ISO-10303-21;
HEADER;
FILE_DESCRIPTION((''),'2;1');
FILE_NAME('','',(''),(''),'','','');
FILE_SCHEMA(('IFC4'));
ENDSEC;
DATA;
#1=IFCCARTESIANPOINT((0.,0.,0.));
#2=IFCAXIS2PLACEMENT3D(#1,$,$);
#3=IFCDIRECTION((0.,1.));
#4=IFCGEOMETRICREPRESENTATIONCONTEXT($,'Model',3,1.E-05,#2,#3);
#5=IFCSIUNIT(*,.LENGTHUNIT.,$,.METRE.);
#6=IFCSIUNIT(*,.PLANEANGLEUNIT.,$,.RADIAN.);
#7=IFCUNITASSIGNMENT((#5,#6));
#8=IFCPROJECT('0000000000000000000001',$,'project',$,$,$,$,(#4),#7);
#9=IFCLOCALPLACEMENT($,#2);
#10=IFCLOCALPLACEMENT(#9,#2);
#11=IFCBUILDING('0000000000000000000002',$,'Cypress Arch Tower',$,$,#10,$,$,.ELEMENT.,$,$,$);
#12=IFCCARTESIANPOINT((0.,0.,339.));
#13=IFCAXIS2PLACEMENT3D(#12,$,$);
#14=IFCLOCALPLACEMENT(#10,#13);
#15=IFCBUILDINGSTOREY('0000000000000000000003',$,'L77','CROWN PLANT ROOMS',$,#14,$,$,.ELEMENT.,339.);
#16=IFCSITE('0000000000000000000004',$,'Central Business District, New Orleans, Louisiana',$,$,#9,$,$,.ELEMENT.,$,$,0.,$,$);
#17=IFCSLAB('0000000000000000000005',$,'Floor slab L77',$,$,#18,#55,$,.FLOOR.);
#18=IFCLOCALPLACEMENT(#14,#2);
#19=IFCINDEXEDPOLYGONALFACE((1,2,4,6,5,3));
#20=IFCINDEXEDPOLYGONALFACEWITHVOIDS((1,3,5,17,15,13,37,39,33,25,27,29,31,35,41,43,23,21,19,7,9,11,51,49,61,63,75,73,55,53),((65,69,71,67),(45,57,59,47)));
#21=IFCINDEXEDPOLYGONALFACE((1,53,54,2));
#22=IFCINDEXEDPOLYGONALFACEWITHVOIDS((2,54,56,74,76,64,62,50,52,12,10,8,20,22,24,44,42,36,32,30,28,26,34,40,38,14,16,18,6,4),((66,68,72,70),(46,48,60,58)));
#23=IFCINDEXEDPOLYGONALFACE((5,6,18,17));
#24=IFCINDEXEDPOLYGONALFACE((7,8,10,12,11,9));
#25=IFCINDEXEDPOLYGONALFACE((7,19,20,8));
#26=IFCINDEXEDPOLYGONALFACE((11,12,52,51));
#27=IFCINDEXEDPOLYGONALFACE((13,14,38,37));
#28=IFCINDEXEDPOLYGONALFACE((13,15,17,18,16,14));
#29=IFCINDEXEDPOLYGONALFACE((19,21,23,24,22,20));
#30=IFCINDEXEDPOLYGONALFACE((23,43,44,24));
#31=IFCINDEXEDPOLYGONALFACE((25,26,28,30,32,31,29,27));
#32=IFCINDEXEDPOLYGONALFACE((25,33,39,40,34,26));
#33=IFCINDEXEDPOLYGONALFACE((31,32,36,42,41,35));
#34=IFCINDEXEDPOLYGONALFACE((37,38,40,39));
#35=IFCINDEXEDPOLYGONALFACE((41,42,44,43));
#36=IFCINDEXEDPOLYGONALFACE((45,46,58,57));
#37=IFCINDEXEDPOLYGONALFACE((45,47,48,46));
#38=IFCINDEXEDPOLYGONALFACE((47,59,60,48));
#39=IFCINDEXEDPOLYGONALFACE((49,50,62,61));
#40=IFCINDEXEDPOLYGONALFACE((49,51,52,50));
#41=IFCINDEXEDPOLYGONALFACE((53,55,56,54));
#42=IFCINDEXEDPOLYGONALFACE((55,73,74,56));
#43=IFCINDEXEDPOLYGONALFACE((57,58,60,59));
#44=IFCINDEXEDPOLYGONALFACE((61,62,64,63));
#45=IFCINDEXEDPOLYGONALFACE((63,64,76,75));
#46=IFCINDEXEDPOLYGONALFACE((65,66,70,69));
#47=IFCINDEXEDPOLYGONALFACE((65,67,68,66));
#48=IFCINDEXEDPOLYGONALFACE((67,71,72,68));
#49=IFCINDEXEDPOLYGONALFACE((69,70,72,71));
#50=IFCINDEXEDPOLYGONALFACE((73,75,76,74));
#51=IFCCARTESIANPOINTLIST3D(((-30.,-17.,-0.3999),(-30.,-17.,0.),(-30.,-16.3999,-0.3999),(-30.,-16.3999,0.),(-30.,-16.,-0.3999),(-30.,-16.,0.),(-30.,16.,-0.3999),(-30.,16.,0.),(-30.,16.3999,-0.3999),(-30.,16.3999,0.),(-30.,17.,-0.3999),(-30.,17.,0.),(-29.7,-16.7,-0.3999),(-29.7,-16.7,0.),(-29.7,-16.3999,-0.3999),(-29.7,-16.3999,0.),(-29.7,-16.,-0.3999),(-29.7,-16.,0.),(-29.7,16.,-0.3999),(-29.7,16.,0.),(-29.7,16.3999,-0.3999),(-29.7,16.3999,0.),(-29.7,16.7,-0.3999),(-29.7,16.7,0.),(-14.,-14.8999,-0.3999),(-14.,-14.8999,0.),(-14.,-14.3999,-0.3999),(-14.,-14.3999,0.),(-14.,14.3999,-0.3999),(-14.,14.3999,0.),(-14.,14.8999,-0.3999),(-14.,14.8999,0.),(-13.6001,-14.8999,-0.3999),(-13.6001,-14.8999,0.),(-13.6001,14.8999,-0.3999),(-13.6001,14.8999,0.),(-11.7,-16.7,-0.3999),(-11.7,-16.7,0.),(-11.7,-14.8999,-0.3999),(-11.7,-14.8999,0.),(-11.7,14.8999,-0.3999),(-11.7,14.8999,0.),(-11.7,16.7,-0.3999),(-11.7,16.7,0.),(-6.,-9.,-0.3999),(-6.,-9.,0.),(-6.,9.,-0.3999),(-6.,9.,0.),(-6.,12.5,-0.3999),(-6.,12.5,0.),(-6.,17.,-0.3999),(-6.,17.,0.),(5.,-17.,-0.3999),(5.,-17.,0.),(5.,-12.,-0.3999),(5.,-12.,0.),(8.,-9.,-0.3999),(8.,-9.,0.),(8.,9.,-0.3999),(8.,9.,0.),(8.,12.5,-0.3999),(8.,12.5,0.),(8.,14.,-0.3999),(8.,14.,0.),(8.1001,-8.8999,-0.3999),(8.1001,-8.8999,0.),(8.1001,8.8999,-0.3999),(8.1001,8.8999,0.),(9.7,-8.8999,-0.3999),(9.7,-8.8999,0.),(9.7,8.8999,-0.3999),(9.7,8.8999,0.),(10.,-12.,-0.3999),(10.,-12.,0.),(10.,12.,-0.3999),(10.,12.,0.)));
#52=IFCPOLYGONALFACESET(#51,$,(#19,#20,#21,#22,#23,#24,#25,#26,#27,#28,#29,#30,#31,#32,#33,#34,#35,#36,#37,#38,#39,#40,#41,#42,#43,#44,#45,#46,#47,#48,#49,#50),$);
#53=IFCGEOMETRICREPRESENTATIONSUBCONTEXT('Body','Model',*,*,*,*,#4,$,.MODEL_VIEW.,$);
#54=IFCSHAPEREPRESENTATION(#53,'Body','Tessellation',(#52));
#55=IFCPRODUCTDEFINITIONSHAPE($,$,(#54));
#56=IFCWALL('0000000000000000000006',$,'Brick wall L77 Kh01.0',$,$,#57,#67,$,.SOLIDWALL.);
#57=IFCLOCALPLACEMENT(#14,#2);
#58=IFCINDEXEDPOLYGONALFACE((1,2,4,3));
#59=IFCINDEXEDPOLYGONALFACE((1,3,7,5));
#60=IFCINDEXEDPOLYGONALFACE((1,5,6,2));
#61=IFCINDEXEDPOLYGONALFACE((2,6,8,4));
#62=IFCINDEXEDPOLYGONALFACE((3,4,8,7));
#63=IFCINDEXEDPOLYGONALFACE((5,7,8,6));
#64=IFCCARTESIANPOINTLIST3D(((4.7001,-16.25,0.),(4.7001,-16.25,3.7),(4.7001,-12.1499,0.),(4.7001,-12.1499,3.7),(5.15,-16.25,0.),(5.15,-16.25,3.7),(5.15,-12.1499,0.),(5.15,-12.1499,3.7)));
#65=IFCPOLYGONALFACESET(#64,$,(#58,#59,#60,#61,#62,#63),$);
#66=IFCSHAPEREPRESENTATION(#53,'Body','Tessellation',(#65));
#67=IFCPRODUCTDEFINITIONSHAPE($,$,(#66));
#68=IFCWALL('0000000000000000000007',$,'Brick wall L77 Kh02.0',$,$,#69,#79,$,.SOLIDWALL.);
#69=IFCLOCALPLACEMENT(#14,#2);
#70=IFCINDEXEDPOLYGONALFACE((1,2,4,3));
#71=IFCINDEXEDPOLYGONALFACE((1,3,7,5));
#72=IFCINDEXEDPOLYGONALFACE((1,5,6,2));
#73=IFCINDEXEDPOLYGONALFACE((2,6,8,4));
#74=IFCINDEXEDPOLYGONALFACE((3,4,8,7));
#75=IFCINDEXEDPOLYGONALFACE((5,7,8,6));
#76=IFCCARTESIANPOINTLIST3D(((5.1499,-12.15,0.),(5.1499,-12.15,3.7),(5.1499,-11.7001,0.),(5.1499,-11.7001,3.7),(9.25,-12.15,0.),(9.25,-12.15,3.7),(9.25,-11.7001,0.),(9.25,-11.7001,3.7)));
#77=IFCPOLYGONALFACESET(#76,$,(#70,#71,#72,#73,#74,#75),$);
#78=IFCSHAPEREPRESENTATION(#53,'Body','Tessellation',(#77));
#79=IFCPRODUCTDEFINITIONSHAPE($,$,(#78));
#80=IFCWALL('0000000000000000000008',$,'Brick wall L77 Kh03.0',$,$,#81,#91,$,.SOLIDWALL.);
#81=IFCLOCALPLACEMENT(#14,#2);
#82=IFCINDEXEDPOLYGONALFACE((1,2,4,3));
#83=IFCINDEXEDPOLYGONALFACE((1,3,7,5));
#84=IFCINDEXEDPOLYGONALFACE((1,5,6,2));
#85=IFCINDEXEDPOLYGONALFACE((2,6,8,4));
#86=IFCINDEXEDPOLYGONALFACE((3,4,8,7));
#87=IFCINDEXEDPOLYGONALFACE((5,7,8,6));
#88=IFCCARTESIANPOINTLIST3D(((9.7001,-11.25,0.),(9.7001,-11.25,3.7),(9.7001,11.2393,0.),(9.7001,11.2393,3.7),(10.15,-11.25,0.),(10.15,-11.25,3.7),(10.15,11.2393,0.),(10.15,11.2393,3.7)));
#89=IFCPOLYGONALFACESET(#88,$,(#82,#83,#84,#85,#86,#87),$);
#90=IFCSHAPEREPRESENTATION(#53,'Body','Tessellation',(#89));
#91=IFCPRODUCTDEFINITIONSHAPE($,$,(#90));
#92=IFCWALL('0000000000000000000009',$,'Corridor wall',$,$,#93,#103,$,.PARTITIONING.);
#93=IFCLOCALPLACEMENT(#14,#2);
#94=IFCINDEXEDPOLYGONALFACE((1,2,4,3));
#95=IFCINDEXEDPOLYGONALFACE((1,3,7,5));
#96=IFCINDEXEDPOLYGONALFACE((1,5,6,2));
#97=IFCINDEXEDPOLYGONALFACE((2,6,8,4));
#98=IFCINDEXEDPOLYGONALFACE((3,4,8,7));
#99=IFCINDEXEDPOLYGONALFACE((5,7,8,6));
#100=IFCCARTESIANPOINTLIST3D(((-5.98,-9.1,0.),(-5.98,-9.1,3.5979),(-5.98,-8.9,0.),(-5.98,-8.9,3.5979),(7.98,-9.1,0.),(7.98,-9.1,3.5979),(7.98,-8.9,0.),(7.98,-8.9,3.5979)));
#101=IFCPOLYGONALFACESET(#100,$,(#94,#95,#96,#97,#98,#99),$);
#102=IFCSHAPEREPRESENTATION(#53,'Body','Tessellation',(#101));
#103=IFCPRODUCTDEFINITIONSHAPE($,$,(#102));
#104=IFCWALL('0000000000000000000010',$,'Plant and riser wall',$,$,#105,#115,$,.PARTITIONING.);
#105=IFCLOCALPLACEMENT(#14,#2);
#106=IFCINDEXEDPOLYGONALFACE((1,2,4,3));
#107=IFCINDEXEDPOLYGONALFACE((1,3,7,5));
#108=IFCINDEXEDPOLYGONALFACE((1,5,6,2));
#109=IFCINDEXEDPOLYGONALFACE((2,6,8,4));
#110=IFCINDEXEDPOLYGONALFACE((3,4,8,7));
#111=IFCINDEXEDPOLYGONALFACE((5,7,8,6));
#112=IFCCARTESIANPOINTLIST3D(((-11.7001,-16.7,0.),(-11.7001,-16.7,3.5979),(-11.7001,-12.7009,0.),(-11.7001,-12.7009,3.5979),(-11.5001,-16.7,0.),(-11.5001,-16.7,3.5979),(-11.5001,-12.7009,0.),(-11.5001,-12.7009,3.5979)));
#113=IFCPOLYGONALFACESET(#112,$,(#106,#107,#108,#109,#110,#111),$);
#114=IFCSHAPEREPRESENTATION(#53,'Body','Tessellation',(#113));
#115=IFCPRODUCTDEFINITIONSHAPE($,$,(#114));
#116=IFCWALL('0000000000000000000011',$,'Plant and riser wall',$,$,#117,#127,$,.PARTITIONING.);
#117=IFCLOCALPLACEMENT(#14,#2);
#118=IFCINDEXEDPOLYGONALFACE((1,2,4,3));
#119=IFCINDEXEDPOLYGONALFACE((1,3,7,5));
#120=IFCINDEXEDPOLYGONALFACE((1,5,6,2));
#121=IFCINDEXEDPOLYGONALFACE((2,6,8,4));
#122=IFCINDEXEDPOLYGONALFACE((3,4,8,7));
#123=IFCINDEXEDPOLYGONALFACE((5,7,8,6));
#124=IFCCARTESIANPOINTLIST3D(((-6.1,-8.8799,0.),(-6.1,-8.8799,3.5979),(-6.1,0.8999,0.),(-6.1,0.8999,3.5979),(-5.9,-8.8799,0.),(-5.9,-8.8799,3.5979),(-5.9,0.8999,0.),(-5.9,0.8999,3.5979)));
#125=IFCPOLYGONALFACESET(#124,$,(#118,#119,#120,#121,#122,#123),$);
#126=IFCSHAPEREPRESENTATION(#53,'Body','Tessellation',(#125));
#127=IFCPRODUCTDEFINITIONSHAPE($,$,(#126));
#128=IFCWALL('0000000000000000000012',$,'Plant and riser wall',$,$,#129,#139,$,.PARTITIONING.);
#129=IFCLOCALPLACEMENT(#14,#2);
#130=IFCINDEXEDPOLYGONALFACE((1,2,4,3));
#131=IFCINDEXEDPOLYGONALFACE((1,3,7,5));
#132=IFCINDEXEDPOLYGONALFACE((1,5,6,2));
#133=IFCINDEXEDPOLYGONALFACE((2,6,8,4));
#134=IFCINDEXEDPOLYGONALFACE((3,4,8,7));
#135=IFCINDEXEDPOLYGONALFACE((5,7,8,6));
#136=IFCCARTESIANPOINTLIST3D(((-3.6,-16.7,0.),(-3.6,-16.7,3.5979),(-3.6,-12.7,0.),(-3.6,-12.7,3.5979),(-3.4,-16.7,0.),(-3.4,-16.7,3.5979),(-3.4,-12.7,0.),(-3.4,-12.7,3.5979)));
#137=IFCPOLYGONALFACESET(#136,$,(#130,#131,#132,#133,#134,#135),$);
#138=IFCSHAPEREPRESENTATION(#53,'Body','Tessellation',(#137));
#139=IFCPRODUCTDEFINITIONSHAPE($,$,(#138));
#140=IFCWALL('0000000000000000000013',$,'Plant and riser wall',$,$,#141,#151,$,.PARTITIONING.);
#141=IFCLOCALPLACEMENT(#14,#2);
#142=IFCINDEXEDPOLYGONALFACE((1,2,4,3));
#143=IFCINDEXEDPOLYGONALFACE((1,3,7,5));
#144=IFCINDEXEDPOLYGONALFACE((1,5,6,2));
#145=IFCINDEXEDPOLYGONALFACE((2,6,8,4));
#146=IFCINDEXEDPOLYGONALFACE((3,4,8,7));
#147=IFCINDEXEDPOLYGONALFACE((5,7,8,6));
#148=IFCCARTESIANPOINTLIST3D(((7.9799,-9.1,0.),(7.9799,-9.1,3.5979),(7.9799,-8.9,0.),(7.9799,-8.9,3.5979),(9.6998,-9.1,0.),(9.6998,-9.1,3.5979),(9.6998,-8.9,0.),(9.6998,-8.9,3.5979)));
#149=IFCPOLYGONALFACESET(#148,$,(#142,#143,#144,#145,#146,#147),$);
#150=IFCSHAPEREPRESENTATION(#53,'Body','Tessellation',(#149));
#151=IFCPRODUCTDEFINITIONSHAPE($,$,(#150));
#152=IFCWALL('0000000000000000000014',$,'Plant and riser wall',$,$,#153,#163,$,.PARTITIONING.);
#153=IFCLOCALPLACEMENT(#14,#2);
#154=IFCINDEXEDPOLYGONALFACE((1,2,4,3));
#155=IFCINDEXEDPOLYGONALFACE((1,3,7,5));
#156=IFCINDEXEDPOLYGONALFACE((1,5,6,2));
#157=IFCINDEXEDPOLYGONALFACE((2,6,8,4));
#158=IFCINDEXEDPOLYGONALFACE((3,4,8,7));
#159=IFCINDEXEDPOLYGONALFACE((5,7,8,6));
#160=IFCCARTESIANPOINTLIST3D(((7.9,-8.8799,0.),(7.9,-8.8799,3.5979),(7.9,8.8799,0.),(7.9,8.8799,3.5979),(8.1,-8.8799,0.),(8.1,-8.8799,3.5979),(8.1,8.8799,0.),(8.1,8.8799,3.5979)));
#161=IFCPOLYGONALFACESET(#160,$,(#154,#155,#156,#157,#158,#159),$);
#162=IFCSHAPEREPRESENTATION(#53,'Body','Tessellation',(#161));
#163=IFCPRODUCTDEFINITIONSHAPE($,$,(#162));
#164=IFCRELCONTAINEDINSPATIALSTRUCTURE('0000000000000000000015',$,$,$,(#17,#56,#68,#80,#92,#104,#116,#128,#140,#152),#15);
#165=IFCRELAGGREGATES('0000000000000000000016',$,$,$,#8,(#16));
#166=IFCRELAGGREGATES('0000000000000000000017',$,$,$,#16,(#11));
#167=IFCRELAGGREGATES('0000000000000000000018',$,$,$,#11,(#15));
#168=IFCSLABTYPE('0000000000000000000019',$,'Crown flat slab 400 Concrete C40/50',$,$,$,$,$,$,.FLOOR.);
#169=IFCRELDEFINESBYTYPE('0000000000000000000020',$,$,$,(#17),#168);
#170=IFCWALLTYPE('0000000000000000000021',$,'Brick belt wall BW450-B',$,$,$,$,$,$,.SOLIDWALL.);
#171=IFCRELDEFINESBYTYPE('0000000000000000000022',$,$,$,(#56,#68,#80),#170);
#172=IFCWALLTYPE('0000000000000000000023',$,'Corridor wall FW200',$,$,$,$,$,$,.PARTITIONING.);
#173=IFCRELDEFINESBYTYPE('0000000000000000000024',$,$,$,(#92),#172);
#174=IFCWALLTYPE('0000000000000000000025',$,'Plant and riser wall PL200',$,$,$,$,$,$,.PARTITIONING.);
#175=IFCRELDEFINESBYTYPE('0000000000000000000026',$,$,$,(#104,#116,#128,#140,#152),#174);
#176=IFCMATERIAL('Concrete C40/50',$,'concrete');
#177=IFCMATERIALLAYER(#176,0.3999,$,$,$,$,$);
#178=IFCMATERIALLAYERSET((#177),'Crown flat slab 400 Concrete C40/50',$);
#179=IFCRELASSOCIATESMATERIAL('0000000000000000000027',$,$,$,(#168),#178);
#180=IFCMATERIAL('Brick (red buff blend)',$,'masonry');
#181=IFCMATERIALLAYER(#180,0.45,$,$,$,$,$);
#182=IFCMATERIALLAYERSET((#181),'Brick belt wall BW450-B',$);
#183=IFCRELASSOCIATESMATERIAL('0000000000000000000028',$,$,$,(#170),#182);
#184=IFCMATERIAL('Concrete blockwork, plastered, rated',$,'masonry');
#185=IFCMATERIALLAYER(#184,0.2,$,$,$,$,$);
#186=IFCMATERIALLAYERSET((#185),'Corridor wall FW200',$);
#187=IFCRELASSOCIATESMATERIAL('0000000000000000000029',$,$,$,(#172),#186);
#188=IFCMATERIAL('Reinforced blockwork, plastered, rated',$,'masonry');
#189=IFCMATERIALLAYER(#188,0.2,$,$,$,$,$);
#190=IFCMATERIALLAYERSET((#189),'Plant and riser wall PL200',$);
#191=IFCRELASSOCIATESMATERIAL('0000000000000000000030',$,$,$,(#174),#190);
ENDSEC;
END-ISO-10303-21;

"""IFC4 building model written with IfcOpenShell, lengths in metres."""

from ifc_helpers import new_model, si_unit, direction, frame, frame_2d, origin, place, context, subcontext, project, spatial, polyline, rectangle, outline, extrude, material, layer, layer_set, type_object, element, save


model = new_model("IFC4")

# Units and contexts
model_context = context("Model", 3, precision=1e-05, world=origin(), true_north=direction((0.0, 1.0)))
body_context = subcontext(model_context, "Body", "Model", "MODEL_VIEW")
ifc_project = project(units=[si_unit("LENGTHUNIT", "METRE"), si_unit("PLANEANGLEUNIT", "RADIAN")], contexts=[model_context])

# Site, building, storey
site_placement = place(None, origin())
site = spatial("IfcSite", under=ifc_project, at=site_placement, Name="Central Business District, New Orleans, Louisiana", CompositionType="ELEMENT", RefElevation=0.0)
building_placement = place(site_placement, origin())
building = spatial("IfcBuilding", under=site, at=building_placement, Name="Cypress Arch Tower", CompositionType="ELEMENT")
storey_placement = place(building_placement, frame((0.0, 0.0, 339.0)))
storey = spatial("IfcBuildingStorey", under=building, at=storey_placement, Name="L77", Description="CROWN PLANT ROOMS", CompositionType="ELEMENT", Elevation=339.0)

# Slab
ifc_material_1 = material(Name="Concrete C40/50", Category="concrete")
ifc_layer_1 = layer(ifc_material_1, 0.3999)
ifc_layer_set_1 = layer_set([ifc_layer_1], Name="Crown flat slab 400 Concrete C40/50")
slab_type_1 = type_object("IfcSlabType", Name="Crown flat slab 400 Concrete C40/50", PredefinedType="FLOOR", material=ifc_layer_set_1)
slab_1_placement = place(storey_placement, frame((0.0, 0.0, -0.3999)))
element("IfcSlab", 1, at=slab_1_placement, inside=storey, type_object=slab_type_1, Name="Floor slab L77", PredefinedType="FLOOR", context=body_context, shape_type="SweptSolid", body=[
    extrude(outline(polyline([(8.0, 12.5), (8.0, 14.0), (10.0, 12.0), (10.0, -12.0), (5.0, -12.0), (5.0, -17.0), (-30.0, -17.0), (-30.0, -16.3999), (-30.0, -16.0), (-29.7, -16.0), (-29.7, -16.3999), (-29.7, -16.7), (-11.7, -16.7), (-11.7, -14.8999), (-13.6001, -14.8999), (-14.0, -14.8999), (-14.0, -14.3999), (-14.0, 14.3999), (-14.0, 14.8999), (-13.6001, 14.8999), (-11.7, 14.8999), (-11.7, 16.7), (-29.7, 16.7), (-29.7, 16.3999), (-29.7, 16.0), (-30.0, 16.0), (-30.0, 16.3999), (-30.0, 17.0), (-6.0, 17.0), (-6.0, 12.5), (8.0, 12.5)]), holes=[polyline([(8.1001, -8.8999), (9.7, -8.8999), (9.7, 8.8999), (8.1001, 8.8999), (8.1001, -8.8999)]), polyline([(-6.0, 9.0), (-6.0, -9.0), (8.0, -9.0), (8.0, 9.0), (-6.0, 9.0)])]), origin(), (0.0, 0.0, 1.0), 0.3999),
])

# Walls
ifc_material_2 = material(Name="Brick (red buff blend)", Category="masonry")
ifc_layer_2 = layer(ifc_material_2, 0.45)
ifc_layer_set_2 = layer_set([ifc_layer_2], Name="Brick belt wall BW450-B")
wall_type_1 = type_object("IfcWallType", Name="Brick belt wall BW450-B", PredefinedType="SOLIDWALL", material=ifc_layer_set_2)
for number, where, z_axis, x_axis, name in (
    (2, (4.925, -16.25, 0.0), (0.0, 0.0, 1.0), (0.0, 1.0, 0.0), "Brick wall L77 Kh01.0"),
    (3, (5.1499, -11.925, 0.0), (0.0, 0.0, 1.0), (1.0, 0.0, 0.0), "Brick wall L77 Kh02.0"),
):
    element("IfcWall", number, at=place(storey_placement, frame(where, z_axis=z_axis, x_axis=x_axis)), inside=storey, type_object=wall_type_1, Name=name, PredefinedType="SOLIDWALL", context=body_context, shape_type="SweptSolid", body=[
        extrude(rectangle(XDim=4.1001, YDim=0.45, at=frame_2d((2.05, 0.0))), origin(), (0.0, 0.0, 1.0), 3.7),
    ])
wall_1_placement = place(storey_placement, frame((9.925, -11.25, 0.0), z_axis=(0.0, 0.0, 1.0), x_axis=(0.0, 1.0, 0.0)))
element("IfcWall", 4, at=wall_1_placement, inside=storey, type_object=wall_type_1, Name="Brick wall L77 Kh03.0", PredefinedType="SOLIDWALL", context=body_context, shape_type="SweptSolid", body=[
    extrude(rectangle(XDim=22.4893, YDim=0.45, at=frame_2d((11.2446, 0.0))), origin(), (0.0, 0.0, 1.0), 3.7),
])
ifc_material_3 = material(Name="Concrete blockwork, plastered, rated", Category="masonry")
ifc_layer_3 = layer(ifc_material_3, 0.2)
ifc_layer_set_3 = layer_set([ifc_layer_3], Name="Corridor wall FW200")
wall_type_2 = type_object("IfcWallType", Name="Corridor wall FW200", PredefinedType="PARTITIONING", material=ifc_layer_set_3)
wall_2_placement = place(storey_placement, frame((-5.98, -9.0, 0.0), z_axis=(0.0, 0.0, 1.0), x_axis=(1.0, 0.0, 0.0)))
element("IfcWall", 5, at=wall_2_placement, inside=storey, type_object=wall_type_2, Name="Corridor wall", PredefinedType="PARTITIONING", context=body_context, shape_type="SweptSolid", body=[
    extrude(rectangle(XDim=13.96, YDim=0.2, at=frame_2d((6.98, 0.0))), origin(), (0.0, 0.0, 1.0), 3.5979),
])
ifc_material_4 = material(Name="Reinforced blockwork, plastered, rated", Category="masonry")
ifc_layer_4 = layer(ifc_material_4, 0.2)
ifc_layer_set_4 = layer_set([ifc_layer_4], Name="Plant and riser wall PL200")
wall_type_3 = type_object("IfcWallType", Name="Plant and riser wall PL200", PredefinedType="PARTITIONING", material=ifc_layer_set_4)
wall_3_placement = place(storey_placement, frame((-11.6001, -16.7, 0.0), z_axis=(0.0, 0.0, 1.0), x_axis=(0.0, 1.0, 0.0)))
element("IfcWall", 6, at=wall_3_placement, inside=storey, type_object=wall_type_3, Name="Plant and riser wall", PredefinedType="PARTITIONING", context=body_context, shape_type="SweptSolid", body=[
    extrude(rectangle(XDim=3.999, YDim=0.2, at=frame_2d((1.9995, 0.0))), origin(), (0.0, 0.0, 1.0), 3.5979),
])

# Walls
wall_4_placement = place(storey_placement, frame((-6.0, -8.8799, 0.0), z_axis=(0.0, 0.0, 1.0), x_axis=(0.0, 1.0, 0.0)))
element("IfcWall", 7, at=wall_4_placement, inside=storey, type_object=wall_type_3, Name="Plant and riser wall", PredefinedType="PARTITIONING", context=body_context, shape_type="SweptSolid", body=[
    extrude(rectangle(XDim=9.7798, YDim=0.2, at=frame_2d((4.8899, 0.0))), origin(), (0.0, 0.0, 1.0), 3.5979),
])
wall_5_placement = place(storey_placement, frame((-3.5, -16.7, 0.0), z_axis=(0.0, 0.0, 1.0), x_axis=(0.0, 1.0, 0.0)))
element("IfcWall", 8, at=wall_5_placement, inside=storey, type_object=wall_type_3, Name="Plant and riser wall", PredefinedType="PARTITIONING", context=body_context, shape_type="SweptSolid", body=[
    extrude(rectangle(XDim=4.0, YDim=0.2, at=frame_2d((2.0, 0.0))), origin(), (0.0, 0.0, 1.0), 3.5979),
])
wall_6_placement = place(storey_placement, frame((7.98, -9.0, 0.0), z_axis=(0.0, 0.0, 1.0), x_axis=(1.0, 0.0, 0.0)))
element("IfcWall", 9, at=wall_6_placement, inside=storey, type_object=wall_type_3, Name="Plant and riser wall", PredefinedType="PARTITIONING", context=body_context, shape_type="SweptSolid", body=[
    extrude(rectangle(XDim=1.72, YDim=0.2, at=frame_2d((0.8599, 0.0))), origin(), (0.0, 0.0, 1.0), 3.5979),
])
wall_7_placement = place(storey_placement, frame((8.0, -8.8799, 0.0), z_axis=(0.0, 0.0, 1.0), x_axis=(0.0, 1.0, 0.0)))
element("IfcWall", 10, at=wall_7_placement, inside=storey, type_object=wall_type_3, Name="Plant and riser wall", PredefinedType="PARTITIONING", context=body_context, shape_type="SweptSolid", body=[
    extrude(rectangle(XDim=17.7598, YDim=0.2, at=frame_2d((8.8799, 0.0))), origin(), (0.0, 0.0, 1.0), 3.5979),
])

save(model, "model.ifc")
